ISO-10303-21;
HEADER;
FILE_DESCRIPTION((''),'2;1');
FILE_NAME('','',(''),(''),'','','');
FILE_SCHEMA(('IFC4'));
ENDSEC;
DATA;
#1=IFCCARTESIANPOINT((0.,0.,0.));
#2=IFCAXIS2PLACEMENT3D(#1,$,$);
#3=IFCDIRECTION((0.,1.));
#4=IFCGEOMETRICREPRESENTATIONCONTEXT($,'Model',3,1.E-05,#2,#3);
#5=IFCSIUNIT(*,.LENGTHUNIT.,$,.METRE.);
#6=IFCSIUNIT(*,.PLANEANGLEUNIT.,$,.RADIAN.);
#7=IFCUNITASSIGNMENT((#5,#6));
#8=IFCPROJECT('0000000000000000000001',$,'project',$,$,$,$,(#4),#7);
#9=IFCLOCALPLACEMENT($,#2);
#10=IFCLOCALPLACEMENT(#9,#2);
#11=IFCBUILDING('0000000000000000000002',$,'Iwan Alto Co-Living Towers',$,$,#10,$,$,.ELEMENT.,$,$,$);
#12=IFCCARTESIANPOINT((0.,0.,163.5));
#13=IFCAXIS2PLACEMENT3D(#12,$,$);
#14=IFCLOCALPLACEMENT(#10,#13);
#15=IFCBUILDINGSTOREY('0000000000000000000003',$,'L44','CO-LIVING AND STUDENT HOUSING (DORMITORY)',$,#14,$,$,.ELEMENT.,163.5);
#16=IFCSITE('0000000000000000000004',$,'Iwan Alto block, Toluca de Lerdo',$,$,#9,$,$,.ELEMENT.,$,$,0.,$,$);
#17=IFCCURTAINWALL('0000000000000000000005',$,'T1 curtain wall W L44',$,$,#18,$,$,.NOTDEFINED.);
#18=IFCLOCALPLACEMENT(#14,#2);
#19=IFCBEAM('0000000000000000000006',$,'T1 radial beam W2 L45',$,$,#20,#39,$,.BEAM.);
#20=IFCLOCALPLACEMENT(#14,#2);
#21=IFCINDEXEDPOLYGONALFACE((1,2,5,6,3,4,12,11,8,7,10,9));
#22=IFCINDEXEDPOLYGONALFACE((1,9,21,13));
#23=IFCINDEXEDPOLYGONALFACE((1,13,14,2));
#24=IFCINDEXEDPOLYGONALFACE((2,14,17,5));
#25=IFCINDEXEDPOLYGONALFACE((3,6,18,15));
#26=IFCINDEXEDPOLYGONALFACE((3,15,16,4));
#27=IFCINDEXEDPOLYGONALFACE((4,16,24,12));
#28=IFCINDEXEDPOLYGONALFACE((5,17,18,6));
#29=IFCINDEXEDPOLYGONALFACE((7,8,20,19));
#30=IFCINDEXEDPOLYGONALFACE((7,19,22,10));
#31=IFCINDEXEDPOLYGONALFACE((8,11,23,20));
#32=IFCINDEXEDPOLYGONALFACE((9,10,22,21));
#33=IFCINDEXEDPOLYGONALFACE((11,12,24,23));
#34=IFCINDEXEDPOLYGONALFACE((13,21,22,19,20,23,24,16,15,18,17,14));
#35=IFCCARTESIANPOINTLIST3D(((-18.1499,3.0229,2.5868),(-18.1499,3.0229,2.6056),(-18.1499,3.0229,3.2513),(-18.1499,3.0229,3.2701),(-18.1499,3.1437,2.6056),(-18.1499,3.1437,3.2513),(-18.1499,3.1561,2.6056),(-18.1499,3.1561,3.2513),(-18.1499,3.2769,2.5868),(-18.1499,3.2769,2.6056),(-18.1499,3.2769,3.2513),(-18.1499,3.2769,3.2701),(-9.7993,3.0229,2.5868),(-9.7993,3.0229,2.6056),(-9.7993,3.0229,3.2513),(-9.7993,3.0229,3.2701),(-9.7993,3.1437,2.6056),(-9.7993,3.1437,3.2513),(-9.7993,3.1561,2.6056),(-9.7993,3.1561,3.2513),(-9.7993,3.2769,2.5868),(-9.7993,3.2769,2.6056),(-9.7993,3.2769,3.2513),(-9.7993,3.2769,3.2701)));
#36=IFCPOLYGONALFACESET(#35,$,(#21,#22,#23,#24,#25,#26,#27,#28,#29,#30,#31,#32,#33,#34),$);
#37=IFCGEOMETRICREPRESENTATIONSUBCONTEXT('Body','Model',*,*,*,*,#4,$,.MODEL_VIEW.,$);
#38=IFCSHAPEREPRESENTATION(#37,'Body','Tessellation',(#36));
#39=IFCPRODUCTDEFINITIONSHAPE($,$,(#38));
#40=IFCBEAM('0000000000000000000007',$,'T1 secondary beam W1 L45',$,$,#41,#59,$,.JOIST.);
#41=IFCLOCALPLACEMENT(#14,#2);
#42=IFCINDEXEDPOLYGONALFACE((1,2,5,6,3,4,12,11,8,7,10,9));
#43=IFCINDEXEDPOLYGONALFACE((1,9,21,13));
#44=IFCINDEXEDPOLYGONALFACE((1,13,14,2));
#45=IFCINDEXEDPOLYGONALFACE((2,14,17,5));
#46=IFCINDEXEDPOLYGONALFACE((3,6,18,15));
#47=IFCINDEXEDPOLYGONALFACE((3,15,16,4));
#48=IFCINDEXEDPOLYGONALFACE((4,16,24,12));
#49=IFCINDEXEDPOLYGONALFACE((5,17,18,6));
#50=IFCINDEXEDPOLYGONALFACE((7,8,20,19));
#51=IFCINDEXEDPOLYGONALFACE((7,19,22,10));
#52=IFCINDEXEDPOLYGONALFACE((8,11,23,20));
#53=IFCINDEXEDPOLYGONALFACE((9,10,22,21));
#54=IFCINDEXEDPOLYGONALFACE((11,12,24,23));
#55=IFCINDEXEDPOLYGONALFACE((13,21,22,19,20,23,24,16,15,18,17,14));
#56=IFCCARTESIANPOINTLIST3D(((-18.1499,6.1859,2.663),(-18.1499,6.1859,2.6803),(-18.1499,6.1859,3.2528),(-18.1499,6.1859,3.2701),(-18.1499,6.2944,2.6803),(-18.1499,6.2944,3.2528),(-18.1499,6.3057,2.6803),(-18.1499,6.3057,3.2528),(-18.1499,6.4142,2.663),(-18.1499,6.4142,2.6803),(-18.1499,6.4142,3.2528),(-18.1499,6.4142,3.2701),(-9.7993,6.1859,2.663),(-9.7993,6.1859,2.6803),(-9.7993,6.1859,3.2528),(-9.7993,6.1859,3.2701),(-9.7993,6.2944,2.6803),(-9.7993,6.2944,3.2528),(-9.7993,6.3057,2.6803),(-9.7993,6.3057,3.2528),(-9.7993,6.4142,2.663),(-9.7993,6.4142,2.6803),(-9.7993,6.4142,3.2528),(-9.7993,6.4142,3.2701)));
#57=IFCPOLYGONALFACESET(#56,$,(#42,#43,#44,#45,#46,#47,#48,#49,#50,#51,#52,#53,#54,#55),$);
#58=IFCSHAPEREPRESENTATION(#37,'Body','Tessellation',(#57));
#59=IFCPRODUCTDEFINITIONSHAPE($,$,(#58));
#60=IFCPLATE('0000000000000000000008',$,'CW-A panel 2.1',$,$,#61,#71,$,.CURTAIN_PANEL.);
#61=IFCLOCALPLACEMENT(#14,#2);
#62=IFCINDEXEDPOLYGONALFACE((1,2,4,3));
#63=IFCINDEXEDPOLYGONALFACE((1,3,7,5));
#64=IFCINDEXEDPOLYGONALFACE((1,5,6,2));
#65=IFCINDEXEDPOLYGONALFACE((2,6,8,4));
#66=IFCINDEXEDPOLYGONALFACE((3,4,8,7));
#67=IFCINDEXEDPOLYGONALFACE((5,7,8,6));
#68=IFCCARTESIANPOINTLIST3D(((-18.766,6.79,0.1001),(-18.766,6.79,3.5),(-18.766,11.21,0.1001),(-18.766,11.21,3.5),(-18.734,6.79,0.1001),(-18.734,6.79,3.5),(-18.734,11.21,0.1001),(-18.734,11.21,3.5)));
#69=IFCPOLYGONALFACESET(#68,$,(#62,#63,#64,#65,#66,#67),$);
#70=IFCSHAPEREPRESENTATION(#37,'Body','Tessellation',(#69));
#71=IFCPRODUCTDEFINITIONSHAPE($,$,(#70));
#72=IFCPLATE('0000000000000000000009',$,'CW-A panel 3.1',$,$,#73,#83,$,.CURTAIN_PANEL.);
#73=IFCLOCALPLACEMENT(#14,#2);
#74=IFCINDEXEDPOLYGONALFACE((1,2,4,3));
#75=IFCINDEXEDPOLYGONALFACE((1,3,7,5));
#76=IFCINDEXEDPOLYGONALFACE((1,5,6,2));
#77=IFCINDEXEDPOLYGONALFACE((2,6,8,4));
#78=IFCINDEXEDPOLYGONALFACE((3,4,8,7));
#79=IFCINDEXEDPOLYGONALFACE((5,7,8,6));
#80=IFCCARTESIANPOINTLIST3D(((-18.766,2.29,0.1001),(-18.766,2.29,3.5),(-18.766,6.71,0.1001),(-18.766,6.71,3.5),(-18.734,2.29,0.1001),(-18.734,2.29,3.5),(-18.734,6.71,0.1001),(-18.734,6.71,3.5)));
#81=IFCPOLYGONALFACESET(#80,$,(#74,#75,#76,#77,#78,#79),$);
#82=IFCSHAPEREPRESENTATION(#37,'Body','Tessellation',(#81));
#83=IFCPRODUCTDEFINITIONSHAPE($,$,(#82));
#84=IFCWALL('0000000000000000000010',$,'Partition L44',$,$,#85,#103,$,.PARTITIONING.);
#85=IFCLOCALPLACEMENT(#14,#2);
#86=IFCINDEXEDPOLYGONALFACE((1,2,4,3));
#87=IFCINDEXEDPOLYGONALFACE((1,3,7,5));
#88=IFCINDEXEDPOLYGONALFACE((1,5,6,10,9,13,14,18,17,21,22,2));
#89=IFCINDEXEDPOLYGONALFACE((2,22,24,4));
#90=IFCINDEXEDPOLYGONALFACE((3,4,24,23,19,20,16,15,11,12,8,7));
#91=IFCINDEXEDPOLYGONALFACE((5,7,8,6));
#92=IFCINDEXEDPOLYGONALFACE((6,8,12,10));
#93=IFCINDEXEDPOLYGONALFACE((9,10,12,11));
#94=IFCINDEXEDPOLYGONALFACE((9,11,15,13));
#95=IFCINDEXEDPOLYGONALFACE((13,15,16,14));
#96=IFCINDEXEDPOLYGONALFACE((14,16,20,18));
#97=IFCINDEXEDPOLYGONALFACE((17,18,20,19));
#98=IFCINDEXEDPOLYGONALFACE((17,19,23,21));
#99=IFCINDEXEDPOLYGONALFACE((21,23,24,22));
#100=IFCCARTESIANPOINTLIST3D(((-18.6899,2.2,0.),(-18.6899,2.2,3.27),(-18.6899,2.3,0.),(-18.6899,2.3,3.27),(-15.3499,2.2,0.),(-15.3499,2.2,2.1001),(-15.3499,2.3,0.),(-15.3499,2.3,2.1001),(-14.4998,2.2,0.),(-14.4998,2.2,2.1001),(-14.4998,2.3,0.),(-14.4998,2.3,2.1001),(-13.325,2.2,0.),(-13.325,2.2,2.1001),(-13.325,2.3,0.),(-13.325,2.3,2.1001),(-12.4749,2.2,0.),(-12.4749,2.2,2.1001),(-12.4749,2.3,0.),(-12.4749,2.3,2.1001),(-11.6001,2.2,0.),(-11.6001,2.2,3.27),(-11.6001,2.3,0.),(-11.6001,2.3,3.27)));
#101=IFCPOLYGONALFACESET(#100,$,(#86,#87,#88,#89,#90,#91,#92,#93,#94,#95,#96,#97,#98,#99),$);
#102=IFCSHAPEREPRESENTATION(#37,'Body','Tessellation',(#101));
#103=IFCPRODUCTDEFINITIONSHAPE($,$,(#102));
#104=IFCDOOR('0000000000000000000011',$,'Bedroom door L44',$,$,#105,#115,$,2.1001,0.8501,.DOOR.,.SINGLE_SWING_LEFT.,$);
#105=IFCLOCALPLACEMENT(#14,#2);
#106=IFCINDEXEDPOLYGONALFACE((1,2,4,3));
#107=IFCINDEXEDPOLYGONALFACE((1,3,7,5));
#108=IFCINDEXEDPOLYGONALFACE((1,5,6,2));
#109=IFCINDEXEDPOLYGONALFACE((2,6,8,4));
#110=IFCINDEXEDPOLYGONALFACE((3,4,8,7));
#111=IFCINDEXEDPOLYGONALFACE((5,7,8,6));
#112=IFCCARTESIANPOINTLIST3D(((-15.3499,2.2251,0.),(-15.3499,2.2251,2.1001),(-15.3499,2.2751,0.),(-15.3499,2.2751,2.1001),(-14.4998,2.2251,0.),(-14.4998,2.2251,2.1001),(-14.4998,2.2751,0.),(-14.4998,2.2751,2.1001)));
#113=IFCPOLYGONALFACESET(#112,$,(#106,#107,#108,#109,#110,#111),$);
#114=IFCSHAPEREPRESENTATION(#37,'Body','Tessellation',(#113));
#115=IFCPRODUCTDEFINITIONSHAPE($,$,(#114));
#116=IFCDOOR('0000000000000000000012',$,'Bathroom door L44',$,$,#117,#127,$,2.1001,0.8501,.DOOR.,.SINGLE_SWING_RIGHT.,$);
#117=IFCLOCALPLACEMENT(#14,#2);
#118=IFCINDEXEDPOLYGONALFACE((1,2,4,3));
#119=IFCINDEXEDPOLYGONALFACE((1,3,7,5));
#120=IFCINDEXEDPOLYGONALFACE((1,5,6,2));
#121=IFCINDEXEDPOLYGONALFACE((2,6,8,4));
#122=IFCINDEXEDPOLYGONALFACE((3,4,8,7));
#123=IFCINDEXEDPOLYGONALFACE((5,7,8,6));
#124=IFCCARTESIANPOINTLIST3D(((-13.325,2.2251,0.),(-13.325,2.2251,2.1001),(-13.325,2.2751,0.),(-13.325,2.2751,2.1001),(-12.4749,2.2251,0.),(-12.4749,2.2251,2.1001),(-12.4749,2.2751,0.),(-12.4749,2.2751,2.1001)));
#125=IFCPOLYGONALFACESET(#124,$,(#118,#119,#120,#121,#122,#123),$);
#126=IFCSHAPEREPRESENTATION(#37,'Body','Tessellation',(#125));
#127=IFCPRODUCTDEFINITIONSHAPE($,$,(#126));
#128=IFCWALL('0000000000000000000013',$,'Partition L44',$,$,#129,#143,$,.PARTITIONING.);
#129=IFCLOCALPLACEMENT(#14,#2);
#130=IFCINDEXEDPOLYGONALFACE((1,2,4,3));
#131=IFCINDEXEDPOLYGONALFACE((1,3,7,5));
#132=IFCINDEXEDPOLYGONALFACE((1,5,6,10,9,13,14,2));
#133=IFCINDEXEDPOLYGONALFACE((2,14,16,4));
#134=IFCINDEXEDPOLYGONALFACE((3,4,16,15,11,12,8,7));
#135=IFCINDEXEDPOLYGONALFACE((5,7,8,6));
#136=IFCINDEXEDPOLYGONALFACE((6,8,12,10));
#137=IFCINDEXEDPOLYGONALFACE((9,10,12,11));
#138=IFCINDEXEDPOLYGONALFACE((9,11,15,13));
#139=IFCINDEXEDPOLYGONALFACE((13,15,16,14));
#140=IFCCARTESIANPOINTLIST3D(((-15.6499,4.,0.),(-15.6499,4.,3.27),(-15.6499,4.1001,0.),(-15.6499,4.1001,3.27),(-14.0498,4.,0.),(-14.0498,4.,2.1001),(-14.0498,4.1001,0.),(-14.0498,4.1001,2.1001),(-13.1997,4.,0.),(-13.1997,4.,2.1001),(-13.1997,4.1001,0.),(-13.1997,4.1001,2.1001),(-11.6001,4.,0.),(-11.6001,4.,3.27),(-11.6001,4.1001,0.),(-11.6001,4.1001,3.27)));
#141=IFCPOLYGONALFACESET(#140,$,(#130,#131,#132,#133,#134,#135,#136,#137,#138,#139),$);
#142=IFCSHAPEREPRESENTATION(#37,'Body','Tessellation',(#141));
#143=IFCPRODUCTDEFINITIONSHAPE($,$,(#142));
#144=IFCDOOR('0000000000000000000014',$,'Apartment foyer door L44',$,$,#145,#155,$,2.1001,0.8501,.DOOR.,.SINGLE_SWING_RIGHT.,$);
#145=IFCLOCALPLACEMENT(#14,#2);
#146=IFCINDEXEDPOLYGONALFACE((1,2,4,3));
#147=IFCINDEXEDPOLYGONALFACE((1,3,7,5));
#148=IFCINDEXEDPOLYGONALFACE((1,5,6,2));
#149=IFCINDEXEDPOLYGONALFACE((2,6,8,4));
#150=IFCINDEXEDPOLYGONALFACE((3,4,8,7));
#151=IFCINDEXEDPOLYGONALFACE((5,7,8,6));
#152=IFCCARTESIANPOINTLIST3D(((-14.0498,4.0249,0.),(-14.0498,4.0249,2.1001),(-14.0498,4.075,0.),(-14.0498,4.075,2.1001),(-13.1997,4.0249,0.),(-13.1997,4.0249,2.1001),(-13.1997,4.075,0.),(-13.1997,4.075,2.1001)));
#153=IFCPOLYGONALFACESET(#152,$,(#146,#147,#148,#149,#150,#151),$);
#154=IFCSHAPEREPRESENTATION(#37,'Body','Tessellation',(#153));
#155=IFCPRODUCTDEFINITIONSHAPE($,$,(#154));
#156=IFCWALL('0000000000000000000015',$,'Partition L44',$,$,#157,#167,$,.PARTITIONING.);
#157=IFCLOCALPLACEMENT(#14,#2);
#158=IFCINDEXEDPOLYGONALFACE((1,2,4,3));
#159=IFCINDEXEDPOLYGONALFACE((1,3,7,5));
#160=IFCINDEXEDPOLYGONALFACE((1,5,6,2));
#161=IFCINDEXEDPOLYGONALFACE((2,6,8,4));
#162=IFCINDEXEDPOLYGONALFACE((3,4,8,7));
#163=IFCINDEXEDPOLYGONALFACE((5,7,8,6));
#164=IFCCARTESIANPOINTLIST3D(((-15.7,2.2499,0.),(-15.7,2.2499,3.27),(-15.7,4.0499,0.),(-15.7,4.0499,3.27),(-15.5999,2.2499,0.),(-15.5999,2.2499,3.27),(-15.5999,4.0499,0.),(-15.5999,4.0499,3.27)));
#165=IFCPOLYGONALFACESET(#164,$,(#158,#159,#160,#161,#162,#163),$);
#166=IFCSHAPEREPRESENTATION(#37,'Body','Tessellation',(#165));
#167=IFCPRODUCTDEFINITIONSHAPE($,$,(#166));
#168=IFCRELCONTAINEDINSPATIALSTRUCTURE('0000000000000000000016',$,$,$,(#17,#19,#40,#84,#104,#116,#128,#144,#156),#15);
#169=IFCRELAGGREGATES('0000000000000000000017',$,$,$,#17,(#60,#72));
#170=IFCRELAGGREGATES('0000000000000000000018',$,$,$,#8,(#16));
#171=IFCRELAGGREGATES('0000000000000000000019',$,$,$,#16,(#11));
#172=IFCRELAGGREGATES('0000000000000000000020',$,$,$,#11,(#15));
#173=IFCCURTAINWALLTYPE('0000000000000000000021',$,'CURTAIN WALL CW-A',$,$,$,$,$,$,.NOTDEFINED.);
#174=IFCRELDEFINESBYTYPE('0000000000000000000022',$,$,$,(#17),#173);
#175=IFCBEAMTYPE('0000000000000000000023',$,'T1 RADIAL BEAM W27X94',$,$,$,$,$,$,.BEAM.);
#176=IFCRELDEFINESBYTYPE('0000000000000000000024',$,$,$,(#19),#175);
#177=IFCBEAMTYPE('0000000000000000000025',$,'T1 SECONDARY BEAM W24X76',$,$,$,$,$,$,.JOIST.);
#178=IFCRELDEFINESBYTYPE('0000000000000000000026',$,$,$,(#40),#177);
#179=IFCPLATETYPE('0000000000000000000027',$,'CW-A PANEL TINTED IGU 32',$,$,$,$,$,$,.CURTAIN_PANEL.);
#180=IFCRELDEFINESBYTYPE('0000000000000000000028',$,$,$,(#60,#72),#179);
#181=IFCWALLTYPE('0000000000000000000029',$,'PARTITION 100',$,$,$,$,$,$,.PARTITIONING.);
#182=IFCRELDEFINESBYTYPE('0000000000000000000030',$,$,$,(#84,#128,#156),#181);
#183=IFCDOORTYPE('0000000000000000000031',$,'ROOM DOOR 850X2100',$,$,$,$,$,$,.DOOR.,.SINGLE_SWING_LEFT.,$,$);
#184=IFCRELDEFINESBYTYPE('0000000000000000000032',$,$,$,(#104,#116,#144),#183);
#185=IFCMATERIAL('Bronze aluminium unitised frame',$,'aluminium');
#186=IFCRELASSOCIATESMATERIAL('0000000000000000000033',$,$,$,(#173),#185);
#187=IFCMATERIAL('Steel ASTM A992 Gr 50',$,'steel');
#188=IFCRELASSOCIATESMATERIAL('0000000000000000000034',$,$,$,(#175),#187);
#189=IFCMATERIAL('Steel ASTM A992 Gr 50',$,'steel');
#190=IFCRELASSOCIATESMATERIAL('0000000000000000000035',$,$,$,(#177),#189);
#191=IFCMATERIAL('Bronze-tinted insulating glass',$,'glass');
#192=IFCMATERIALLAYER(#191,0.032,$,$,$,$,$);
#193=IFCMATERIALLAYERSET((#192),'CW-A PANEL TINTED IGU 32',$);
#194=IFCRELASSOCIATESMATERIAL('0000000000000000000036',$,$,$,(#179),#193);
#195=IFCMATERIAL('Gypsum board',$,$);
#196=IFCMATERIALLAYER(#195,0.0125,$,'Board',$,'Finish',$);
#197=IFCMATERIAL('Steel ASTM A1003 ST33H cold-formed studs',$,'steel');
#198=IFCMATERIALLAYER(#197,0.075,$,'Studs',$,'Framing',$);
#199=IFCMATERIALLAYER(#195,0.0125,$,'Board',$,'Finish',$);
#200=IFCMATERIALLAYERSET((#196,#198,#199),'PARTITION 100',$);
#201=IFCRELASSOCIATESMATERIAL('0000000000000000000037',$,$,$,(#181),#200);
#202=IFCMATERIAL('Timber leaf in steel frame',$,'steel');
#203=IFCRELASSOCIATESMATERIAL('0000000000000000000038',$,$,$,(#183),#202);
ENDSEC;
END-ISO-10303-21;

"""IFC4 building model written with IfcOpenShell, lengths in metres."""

from ifc_helpers import new_model, si_unit, direction, frame, frame_2d, origin, origin_2d, place, context, subcontext, project, spatial, rectangle, i_section, extrude, material, layer, layer_set, material_profile, profile_set, type_object, element, fill, aggregate, save


model = new_model("IFC4")

# Units and contexts
model_context = context("Model", 3, precision=1e-05, world=origin(), true_north=direction((0.0, 1.0)))
body_context = subcontext(model_context, "Body", "Model", "MODEL_VIEW")
ifc_project = project(units=[si_unit("LENGTHUNIT", "METRE"), si_unit("PLANEANGLEUNIT", "RADIAN")], contexts=[model_context])

# Site, building, storey
site_placement = place(None, origin())
site = spatial("IfcSite", under=ifc_project, at=site_placement, Name="Iwan Alto block, Toluca de Lerdo", CompositionType="ELEMENT", RefElevation=0.0)
building_placement = place(site_placement, origin())
building = spatial("IfcBuilding", under=site, at=building_placement, Name="Iwan Alto Co-Living Towers", CompositionType="ELEMENT")
storey_placement = place(building_placement, frame((0.0, 0.0, 163.5)))
storey = spatial("IfcBuildingStorey", under=building, at=storey_placement, Name="L44", Description="CO-LIVING AND STUDENT HOUSING (DORMITORY)", CompositionType="ELEMENT", Elevation=163.5)

# Curtain wall
ifc_material_1 = material(Name="Bronze aluminium unitised frame", Category="aluminium")
curtain_wall_type = type_object("IfcCurtainWallType", Name="CURTAIN WALL CW-A", PredefinedType="NOTDEFINED", material=ifc_material_1)
curtain_wall_placement = place(storey_placement, origin())
curtain_wall = element("IfcCurtainWall", 1, at=curtain_wall_placement, inside=storey, type_object=curtain_wall_type, Name="T1 curtain wall W L44", PredefinedType="NOTDEFINED")

# Beams
ifc_material_2 = material(Name="Steel ASTM A992 Gr 50", Category="steel")
ifc_material_profile_1 = material_profile(ifc_material_2, i_section(OverallWidth=0.2539, OverallDepth=0.6833, WebThickness=0.0125, FlangeThickness=0.0188, at=origin_2d()), Name="W27X94")
ifc_profile_set_1 = profile_set([ifc_material_profile_1], Name="Steel ASTM A992 Gr 50")
beam_type_1 = type_object("IfcBeamType", Name="T1 RADIAL BEAM W27X94", PredefinedType="BEAM", material=ifc_profile_set_1)
for number, where, z_axis, x_axis, name in (
    (2, (-18.1499, 3.1499, 2.9285), (1.0, 0.0, 0.0), (0.0, 1.0, 0.0), "T1 radial beam W2 L45"),
):
    element("IfcBeam", number, at=place(storey_placement, frame(where, z_axis=z_axis, x_axis=x_axis)), inside=storey, type_object=beam_type_1, Name=name, PredefinedType="BEAM", context=body_context, shape_type="SweptSolid", body=[
        extrude(i_section(OverallWidth=0.2539, OverallDepth=0.6833, WebThickness=0.0125, FlangeThickness=0.0188, at=origin_2d()), origin(), (0.0, 0.0, 1.0), 8.3506),
    ])
ifc_material_3 = material(Name="Steel ASTM A992 Gr 50", Category="steel")
ifc_material_profile_2 = material_profile(ifc_material_3, i_section(OverallWidth=0.2283, OverallDepth=0.6072, WebThickness=0.0112, FlangeThickness=0.0173, at=origin_2d()), Name="W24X76")
ifc_profile_set_2 = profile_set([ifc_material_profile_2], Name="Steel ASTM A992 Gr 50")
beam_type_2 = type_object("IfcBeamType", Name="T1 SECONDARY BEAM W24X76", PredefinedType="JOIST", material=ifc_profile_set_2)
beam_1_placement = place(storey_placement, frame((-18.1499, 6.3, 2.9666), z_axis=(1.0, 0.0, 0.0), x_axis=(0.0, 1.0, 0.0)))
element("IfcBeam", 3, at=beam_1_placement, inside=storey, type_object=beam_type_2, Name="T1 secondary beam W1 L45", PredefinedType="JOIST", context=body_context, shape_type="SweptSolid", body=[
    extrude(i_section(OverallWidth=0.2283, OverallDepth=0.6072, WebThickness=0.0112, FlangeThickness=0.0173, at=origin_2d()), origin(), (0.0, 0.0, 1.0), 8.3506),
])

# Plates
ifc_material_4 = material(Name="Bronze-tinted insulating glass", Category="glass")
ifc_layer_1 = layer(ifc_material_4, 0.032)
ifc_layer_set_1 = layer_set([ifc_layer_1], Name="CW-A PANEL TINTED IGU 32")
plate_type = type_object("IfcPlateType", Name="CW-A PANEL TINTED IGU 32", PredefinedType="CURTAIN_PANEL", material=ifc_layer_set_1)
plate_1_placement = place(storey_placement, frame((-18.75, 9.0, 0.1001), z_axis=(0.0, 0.0, 1.0), x_axis=(0.0, -1.0, 0.0)))
plate_1 = element("IfcPlate", 4, at=plate_1_placement, type_object=plate_type, Name="CW-A panel 2.1", PredefinedType="CURTAIN_PANEL", context=body_context, shape_type="SweptSolid", body=[
    extrude(rectangle(XDim=4.4199, YDim=0.032, at=origin_2d()), origin(), (0.0, 0.0, 1.0), 3.3999),
])
plate_2_placement = place(storey_placement, frame((-18.75, 4.5, 0.1001), z_axis=(0.0, 0.0, 1.0), x_axis=(0.0, -1.0, 0.0)))
plate_2 = element("IfcPlate", 5, at=plate_2_placement, type_object=plate_type, Name="CW-A panel 3.1", PredefinedType="CURTAIN_PANEL", context=body_context, shape_type="SweptSolid", body=[
    extrude(rectangle(XDim=4.4199, YDim=0.032, at=origin_2d()), origin(), (0.0, 0.0, 1.0), 3.3999),
])
aggregate(curtain_wall, [plate_1, plate_2])

# Wall, openings, doors
ifc_material_5 = material(Name="Gypsum board")
ifc_layer_2 = layer(ifc_material_5, 0.0125, Name="Board", Category="Finish")
ifc_material_6 = material(Name="Steel ASTM A1003 ST33H cold-formed studs", Category="steel")
ifc_layer_3 = layer(ifc_material_6, 0.075, Name="Studs", Category="Framing")
ifc_layer_4 = layer(ifc_material_5, 0.0125, Name="Board", Category="Finish")
ifc_layer_set_2 = layer_set([ifc_layer_2, ifc_layer_3, ifc_layer_4], Name="PARTITION 100")
wall_type = type_object("IfcWallType", Name="PARTITION 100", PredefinedType="PARTITIONING", material=ifc_layer_set_2)
wall_1_placement = place(storey_placement, frame((-18.6899, 2.25, 0.0), z_axis=(0.0, 0.0, 1.0), x_axis=(1.0, 0.0, 0.0)))
wall_1 = element("IfcWall", 6, at=wall_1_placement, inside=storey, type_object=wall_type, Name="Partition L44", PredefinedType="PARTITIONING", context=body_context, shape_type="SweptSolid", body=[
    extrude(rectangle(XDim=7.0898, YDim=0.1001, at=frame_2d((3.5449, 0.0))), origin(), (0.0, 0.0, 1.0), 3.27),
])
opening_1_placement = place(wall_1_placement, frame((3.3401, 0.0, 0.0)))
opening_1 = element("IfcOpeningElement", 7, at=opening_1_placement, cuts=wall_1, PredefinedType="OPENING", context=body_context, shape_type="SweptSolid", body=[
    extrude(rectangle(XDim=0.8501, YDim=2.1001, at=frame_2d((0.425, 1.05))), frame((0.0, 0.0601, 0.0), z_axis=(0.0, -1.0, 0.0), x_axis=(1.0, 0.0, 0.0)), (0.0, 0.0, 1.0), 0.1201),
])
opening_2_placement = place(wall_1_placement, frame((5.365, 0.0, 0.0)))
opening_2 = element("IfcOpeningElement", 8, at=opening_2_placement, cuts=wall_1, PredefinedType="OPENING", context=body_context, shape_type="SweptSolid", body=[
    extrude(rectangle(XDim=0.8501, YDim=2.1001, at=frame_2d((0.425, 1.05))), frame((0.0, 0.0601, 0.0), z_axis=(0.0, -1.0, 0.0), x_axis=(1.0, 0.0, 0.0)), (0.0, 0.0, 1.0), 0.1201),
])
ifc_material_7 = material(Name="Timber leaf in steel frame", Category="steel")
door_type = type_object("IfcDoorType", Name="ROOM DOOR 850X2100", OperationType="SINGLE_SWING_LEFT", PredefinedType="DOOR", material=ifc_material_7)
door_1_placement = place(opening_1_placement, frame((0.8501, 0.0, 0.0), z_axis=(0.0, 0.0, 1.0), x_axis=(-1.0, 0.0, 0.0)))
door_1 = element("IfcDoor", 9, at=door_1_placement, inside=storey, type_object=door_type, Name="Bedroom door L44", OperationType="SINGLE_SWING_LEFT", OverallHeight=2.1001, OverallWidth=0.8501, PredefinedType="DOOR", context=body_context, shape_type="SweptSolid", body=[
    extrude(rectangle(XDim=0.8501, YDim=2.1001, at=frame_2d((0.425, 1.05))), frame((0.0, 0.0249, 0.0), z_axis=(0.0, -1.0, 0.0), x_axis=(1.0, 0.0, 0.0)), (0.0, 0.0, 1.0), 0.05),
])
fill(opening_1, door_1)
door_2_placement = place(opening_2_placement, frame((0.8501, 0.0, 0.0), z_axis=(0.0, 0.0, 1.0), x_axis=(-1.0, 0.0, 0.0)))
door_2 = element("IfcDoor", 10, at=door_2_placement, inside=storey, type_object=door_type, Name="Bathroom door L44", OperationType="SINGLE_SWING_RIGHT", OverallHeight=2.1001, OverallWidth=0.8501, PredefinedType="DOOR", context=body_context, shape_type="SweptSolid", body=[
    extrude(rectangle(XDim=0.8501, YDim=2.1001, at=frame_2d((0.425, 1.05))), frame((0.0, 0.0249, 0.0), z_axis=(0.0, -1.0, 0.0), x_axis=(1.0, 0.0, 0.0)), (0.0, 0.0, 1.0), 0.05),
])
fill(opening_2, door_2)

# Wall, opening, door
wall_2_placement = place(storey_placement, frame((-15.6499, 4.05, 0.0), z_axis=(0.0, 0.0, 1.0), x_axis=(1.0, 0.0, 0.0)))
wall_2 = element("IfcWall", 11, at=wall_2_placement, inside=storey, type_object=wall_type, Name="Partition L44", PredefinedType="PARTITIONING", context=body_context, shape_type="SweptSolid", body=[
    extrude(rectangle(XDim=4.0498, YDim=0.1001, at=frame_2d((2.0249, 0.0))), origin(), (0.0, 0.0, 1.0), 3.27),
])
opening_3_placement = place(wall_2_placement, frame((1.6001, 0.0, 0.0)))
opening_3 = element("IfcOpeningElement", 12, at=opening_3_placement, cuts=wall_2, PredefinedType="OPENING", context=body_context, shape_type="SweptSolid", body=[
    extrude(rectangle(XDim=0.8501, YDim=2.1001, at=frame_2d((0.425, 1.05))), frame((0.0, 0.0601, 0.0), z_axis=(0.0, -1.0, 0.0), x_axis=(1.0, 0.0, 0.0)), (0.0, 0.0, 1.0), 0.1201),
])
door_3_placement = place(opening_3_placement, origin())
door_3 = element("IfcDoor", 13, at=door_3_placement, inside=storey, type_object=door_type, Name="Apartment foyer door L44", OperationType="SINGLE_SWING_RIGHT", OverallHeight=2.1001, OverallWidth=0.8501, PredefinedType="DOOR", context=body_context, shape_type="SweptSolid", body=[
    extrude(rectangle(XDim=0.8501, YDim=2.1001, at=frame_2d((0.425, 1.05))), frame((0.0, 0.0249, 0.0), z_axis=(0.0, -1.0, 0.0), x_axis=(1.0, 0.0, 0.0)), (0.0, 0.0, 1.0), 0.05),
])
fill(opening_3, door_3)

# Wall
wall_3_placement = place(storey_placement, frame((-15.6499, 2.25, 0.0), z_axis=(0.0, 0.0, 1.0), x_axis=(0.0, 1.0, 0.0)))
element("IfcWall", 14, at=wall_3_placement, inside=storey, type_object=wall_type, Name="Partition L44", PredefinedType="PARTITIONING", context=body_context, shape_type="SweptSolid", body=[
    extrude(rectangle(XDim=1.8, YDim=0.1001, at=frame_2d((0.8999, 0.0))), origin(), (0.0, 0.0, 1.0), 3.27),
])

save(model, "model.ifc")
